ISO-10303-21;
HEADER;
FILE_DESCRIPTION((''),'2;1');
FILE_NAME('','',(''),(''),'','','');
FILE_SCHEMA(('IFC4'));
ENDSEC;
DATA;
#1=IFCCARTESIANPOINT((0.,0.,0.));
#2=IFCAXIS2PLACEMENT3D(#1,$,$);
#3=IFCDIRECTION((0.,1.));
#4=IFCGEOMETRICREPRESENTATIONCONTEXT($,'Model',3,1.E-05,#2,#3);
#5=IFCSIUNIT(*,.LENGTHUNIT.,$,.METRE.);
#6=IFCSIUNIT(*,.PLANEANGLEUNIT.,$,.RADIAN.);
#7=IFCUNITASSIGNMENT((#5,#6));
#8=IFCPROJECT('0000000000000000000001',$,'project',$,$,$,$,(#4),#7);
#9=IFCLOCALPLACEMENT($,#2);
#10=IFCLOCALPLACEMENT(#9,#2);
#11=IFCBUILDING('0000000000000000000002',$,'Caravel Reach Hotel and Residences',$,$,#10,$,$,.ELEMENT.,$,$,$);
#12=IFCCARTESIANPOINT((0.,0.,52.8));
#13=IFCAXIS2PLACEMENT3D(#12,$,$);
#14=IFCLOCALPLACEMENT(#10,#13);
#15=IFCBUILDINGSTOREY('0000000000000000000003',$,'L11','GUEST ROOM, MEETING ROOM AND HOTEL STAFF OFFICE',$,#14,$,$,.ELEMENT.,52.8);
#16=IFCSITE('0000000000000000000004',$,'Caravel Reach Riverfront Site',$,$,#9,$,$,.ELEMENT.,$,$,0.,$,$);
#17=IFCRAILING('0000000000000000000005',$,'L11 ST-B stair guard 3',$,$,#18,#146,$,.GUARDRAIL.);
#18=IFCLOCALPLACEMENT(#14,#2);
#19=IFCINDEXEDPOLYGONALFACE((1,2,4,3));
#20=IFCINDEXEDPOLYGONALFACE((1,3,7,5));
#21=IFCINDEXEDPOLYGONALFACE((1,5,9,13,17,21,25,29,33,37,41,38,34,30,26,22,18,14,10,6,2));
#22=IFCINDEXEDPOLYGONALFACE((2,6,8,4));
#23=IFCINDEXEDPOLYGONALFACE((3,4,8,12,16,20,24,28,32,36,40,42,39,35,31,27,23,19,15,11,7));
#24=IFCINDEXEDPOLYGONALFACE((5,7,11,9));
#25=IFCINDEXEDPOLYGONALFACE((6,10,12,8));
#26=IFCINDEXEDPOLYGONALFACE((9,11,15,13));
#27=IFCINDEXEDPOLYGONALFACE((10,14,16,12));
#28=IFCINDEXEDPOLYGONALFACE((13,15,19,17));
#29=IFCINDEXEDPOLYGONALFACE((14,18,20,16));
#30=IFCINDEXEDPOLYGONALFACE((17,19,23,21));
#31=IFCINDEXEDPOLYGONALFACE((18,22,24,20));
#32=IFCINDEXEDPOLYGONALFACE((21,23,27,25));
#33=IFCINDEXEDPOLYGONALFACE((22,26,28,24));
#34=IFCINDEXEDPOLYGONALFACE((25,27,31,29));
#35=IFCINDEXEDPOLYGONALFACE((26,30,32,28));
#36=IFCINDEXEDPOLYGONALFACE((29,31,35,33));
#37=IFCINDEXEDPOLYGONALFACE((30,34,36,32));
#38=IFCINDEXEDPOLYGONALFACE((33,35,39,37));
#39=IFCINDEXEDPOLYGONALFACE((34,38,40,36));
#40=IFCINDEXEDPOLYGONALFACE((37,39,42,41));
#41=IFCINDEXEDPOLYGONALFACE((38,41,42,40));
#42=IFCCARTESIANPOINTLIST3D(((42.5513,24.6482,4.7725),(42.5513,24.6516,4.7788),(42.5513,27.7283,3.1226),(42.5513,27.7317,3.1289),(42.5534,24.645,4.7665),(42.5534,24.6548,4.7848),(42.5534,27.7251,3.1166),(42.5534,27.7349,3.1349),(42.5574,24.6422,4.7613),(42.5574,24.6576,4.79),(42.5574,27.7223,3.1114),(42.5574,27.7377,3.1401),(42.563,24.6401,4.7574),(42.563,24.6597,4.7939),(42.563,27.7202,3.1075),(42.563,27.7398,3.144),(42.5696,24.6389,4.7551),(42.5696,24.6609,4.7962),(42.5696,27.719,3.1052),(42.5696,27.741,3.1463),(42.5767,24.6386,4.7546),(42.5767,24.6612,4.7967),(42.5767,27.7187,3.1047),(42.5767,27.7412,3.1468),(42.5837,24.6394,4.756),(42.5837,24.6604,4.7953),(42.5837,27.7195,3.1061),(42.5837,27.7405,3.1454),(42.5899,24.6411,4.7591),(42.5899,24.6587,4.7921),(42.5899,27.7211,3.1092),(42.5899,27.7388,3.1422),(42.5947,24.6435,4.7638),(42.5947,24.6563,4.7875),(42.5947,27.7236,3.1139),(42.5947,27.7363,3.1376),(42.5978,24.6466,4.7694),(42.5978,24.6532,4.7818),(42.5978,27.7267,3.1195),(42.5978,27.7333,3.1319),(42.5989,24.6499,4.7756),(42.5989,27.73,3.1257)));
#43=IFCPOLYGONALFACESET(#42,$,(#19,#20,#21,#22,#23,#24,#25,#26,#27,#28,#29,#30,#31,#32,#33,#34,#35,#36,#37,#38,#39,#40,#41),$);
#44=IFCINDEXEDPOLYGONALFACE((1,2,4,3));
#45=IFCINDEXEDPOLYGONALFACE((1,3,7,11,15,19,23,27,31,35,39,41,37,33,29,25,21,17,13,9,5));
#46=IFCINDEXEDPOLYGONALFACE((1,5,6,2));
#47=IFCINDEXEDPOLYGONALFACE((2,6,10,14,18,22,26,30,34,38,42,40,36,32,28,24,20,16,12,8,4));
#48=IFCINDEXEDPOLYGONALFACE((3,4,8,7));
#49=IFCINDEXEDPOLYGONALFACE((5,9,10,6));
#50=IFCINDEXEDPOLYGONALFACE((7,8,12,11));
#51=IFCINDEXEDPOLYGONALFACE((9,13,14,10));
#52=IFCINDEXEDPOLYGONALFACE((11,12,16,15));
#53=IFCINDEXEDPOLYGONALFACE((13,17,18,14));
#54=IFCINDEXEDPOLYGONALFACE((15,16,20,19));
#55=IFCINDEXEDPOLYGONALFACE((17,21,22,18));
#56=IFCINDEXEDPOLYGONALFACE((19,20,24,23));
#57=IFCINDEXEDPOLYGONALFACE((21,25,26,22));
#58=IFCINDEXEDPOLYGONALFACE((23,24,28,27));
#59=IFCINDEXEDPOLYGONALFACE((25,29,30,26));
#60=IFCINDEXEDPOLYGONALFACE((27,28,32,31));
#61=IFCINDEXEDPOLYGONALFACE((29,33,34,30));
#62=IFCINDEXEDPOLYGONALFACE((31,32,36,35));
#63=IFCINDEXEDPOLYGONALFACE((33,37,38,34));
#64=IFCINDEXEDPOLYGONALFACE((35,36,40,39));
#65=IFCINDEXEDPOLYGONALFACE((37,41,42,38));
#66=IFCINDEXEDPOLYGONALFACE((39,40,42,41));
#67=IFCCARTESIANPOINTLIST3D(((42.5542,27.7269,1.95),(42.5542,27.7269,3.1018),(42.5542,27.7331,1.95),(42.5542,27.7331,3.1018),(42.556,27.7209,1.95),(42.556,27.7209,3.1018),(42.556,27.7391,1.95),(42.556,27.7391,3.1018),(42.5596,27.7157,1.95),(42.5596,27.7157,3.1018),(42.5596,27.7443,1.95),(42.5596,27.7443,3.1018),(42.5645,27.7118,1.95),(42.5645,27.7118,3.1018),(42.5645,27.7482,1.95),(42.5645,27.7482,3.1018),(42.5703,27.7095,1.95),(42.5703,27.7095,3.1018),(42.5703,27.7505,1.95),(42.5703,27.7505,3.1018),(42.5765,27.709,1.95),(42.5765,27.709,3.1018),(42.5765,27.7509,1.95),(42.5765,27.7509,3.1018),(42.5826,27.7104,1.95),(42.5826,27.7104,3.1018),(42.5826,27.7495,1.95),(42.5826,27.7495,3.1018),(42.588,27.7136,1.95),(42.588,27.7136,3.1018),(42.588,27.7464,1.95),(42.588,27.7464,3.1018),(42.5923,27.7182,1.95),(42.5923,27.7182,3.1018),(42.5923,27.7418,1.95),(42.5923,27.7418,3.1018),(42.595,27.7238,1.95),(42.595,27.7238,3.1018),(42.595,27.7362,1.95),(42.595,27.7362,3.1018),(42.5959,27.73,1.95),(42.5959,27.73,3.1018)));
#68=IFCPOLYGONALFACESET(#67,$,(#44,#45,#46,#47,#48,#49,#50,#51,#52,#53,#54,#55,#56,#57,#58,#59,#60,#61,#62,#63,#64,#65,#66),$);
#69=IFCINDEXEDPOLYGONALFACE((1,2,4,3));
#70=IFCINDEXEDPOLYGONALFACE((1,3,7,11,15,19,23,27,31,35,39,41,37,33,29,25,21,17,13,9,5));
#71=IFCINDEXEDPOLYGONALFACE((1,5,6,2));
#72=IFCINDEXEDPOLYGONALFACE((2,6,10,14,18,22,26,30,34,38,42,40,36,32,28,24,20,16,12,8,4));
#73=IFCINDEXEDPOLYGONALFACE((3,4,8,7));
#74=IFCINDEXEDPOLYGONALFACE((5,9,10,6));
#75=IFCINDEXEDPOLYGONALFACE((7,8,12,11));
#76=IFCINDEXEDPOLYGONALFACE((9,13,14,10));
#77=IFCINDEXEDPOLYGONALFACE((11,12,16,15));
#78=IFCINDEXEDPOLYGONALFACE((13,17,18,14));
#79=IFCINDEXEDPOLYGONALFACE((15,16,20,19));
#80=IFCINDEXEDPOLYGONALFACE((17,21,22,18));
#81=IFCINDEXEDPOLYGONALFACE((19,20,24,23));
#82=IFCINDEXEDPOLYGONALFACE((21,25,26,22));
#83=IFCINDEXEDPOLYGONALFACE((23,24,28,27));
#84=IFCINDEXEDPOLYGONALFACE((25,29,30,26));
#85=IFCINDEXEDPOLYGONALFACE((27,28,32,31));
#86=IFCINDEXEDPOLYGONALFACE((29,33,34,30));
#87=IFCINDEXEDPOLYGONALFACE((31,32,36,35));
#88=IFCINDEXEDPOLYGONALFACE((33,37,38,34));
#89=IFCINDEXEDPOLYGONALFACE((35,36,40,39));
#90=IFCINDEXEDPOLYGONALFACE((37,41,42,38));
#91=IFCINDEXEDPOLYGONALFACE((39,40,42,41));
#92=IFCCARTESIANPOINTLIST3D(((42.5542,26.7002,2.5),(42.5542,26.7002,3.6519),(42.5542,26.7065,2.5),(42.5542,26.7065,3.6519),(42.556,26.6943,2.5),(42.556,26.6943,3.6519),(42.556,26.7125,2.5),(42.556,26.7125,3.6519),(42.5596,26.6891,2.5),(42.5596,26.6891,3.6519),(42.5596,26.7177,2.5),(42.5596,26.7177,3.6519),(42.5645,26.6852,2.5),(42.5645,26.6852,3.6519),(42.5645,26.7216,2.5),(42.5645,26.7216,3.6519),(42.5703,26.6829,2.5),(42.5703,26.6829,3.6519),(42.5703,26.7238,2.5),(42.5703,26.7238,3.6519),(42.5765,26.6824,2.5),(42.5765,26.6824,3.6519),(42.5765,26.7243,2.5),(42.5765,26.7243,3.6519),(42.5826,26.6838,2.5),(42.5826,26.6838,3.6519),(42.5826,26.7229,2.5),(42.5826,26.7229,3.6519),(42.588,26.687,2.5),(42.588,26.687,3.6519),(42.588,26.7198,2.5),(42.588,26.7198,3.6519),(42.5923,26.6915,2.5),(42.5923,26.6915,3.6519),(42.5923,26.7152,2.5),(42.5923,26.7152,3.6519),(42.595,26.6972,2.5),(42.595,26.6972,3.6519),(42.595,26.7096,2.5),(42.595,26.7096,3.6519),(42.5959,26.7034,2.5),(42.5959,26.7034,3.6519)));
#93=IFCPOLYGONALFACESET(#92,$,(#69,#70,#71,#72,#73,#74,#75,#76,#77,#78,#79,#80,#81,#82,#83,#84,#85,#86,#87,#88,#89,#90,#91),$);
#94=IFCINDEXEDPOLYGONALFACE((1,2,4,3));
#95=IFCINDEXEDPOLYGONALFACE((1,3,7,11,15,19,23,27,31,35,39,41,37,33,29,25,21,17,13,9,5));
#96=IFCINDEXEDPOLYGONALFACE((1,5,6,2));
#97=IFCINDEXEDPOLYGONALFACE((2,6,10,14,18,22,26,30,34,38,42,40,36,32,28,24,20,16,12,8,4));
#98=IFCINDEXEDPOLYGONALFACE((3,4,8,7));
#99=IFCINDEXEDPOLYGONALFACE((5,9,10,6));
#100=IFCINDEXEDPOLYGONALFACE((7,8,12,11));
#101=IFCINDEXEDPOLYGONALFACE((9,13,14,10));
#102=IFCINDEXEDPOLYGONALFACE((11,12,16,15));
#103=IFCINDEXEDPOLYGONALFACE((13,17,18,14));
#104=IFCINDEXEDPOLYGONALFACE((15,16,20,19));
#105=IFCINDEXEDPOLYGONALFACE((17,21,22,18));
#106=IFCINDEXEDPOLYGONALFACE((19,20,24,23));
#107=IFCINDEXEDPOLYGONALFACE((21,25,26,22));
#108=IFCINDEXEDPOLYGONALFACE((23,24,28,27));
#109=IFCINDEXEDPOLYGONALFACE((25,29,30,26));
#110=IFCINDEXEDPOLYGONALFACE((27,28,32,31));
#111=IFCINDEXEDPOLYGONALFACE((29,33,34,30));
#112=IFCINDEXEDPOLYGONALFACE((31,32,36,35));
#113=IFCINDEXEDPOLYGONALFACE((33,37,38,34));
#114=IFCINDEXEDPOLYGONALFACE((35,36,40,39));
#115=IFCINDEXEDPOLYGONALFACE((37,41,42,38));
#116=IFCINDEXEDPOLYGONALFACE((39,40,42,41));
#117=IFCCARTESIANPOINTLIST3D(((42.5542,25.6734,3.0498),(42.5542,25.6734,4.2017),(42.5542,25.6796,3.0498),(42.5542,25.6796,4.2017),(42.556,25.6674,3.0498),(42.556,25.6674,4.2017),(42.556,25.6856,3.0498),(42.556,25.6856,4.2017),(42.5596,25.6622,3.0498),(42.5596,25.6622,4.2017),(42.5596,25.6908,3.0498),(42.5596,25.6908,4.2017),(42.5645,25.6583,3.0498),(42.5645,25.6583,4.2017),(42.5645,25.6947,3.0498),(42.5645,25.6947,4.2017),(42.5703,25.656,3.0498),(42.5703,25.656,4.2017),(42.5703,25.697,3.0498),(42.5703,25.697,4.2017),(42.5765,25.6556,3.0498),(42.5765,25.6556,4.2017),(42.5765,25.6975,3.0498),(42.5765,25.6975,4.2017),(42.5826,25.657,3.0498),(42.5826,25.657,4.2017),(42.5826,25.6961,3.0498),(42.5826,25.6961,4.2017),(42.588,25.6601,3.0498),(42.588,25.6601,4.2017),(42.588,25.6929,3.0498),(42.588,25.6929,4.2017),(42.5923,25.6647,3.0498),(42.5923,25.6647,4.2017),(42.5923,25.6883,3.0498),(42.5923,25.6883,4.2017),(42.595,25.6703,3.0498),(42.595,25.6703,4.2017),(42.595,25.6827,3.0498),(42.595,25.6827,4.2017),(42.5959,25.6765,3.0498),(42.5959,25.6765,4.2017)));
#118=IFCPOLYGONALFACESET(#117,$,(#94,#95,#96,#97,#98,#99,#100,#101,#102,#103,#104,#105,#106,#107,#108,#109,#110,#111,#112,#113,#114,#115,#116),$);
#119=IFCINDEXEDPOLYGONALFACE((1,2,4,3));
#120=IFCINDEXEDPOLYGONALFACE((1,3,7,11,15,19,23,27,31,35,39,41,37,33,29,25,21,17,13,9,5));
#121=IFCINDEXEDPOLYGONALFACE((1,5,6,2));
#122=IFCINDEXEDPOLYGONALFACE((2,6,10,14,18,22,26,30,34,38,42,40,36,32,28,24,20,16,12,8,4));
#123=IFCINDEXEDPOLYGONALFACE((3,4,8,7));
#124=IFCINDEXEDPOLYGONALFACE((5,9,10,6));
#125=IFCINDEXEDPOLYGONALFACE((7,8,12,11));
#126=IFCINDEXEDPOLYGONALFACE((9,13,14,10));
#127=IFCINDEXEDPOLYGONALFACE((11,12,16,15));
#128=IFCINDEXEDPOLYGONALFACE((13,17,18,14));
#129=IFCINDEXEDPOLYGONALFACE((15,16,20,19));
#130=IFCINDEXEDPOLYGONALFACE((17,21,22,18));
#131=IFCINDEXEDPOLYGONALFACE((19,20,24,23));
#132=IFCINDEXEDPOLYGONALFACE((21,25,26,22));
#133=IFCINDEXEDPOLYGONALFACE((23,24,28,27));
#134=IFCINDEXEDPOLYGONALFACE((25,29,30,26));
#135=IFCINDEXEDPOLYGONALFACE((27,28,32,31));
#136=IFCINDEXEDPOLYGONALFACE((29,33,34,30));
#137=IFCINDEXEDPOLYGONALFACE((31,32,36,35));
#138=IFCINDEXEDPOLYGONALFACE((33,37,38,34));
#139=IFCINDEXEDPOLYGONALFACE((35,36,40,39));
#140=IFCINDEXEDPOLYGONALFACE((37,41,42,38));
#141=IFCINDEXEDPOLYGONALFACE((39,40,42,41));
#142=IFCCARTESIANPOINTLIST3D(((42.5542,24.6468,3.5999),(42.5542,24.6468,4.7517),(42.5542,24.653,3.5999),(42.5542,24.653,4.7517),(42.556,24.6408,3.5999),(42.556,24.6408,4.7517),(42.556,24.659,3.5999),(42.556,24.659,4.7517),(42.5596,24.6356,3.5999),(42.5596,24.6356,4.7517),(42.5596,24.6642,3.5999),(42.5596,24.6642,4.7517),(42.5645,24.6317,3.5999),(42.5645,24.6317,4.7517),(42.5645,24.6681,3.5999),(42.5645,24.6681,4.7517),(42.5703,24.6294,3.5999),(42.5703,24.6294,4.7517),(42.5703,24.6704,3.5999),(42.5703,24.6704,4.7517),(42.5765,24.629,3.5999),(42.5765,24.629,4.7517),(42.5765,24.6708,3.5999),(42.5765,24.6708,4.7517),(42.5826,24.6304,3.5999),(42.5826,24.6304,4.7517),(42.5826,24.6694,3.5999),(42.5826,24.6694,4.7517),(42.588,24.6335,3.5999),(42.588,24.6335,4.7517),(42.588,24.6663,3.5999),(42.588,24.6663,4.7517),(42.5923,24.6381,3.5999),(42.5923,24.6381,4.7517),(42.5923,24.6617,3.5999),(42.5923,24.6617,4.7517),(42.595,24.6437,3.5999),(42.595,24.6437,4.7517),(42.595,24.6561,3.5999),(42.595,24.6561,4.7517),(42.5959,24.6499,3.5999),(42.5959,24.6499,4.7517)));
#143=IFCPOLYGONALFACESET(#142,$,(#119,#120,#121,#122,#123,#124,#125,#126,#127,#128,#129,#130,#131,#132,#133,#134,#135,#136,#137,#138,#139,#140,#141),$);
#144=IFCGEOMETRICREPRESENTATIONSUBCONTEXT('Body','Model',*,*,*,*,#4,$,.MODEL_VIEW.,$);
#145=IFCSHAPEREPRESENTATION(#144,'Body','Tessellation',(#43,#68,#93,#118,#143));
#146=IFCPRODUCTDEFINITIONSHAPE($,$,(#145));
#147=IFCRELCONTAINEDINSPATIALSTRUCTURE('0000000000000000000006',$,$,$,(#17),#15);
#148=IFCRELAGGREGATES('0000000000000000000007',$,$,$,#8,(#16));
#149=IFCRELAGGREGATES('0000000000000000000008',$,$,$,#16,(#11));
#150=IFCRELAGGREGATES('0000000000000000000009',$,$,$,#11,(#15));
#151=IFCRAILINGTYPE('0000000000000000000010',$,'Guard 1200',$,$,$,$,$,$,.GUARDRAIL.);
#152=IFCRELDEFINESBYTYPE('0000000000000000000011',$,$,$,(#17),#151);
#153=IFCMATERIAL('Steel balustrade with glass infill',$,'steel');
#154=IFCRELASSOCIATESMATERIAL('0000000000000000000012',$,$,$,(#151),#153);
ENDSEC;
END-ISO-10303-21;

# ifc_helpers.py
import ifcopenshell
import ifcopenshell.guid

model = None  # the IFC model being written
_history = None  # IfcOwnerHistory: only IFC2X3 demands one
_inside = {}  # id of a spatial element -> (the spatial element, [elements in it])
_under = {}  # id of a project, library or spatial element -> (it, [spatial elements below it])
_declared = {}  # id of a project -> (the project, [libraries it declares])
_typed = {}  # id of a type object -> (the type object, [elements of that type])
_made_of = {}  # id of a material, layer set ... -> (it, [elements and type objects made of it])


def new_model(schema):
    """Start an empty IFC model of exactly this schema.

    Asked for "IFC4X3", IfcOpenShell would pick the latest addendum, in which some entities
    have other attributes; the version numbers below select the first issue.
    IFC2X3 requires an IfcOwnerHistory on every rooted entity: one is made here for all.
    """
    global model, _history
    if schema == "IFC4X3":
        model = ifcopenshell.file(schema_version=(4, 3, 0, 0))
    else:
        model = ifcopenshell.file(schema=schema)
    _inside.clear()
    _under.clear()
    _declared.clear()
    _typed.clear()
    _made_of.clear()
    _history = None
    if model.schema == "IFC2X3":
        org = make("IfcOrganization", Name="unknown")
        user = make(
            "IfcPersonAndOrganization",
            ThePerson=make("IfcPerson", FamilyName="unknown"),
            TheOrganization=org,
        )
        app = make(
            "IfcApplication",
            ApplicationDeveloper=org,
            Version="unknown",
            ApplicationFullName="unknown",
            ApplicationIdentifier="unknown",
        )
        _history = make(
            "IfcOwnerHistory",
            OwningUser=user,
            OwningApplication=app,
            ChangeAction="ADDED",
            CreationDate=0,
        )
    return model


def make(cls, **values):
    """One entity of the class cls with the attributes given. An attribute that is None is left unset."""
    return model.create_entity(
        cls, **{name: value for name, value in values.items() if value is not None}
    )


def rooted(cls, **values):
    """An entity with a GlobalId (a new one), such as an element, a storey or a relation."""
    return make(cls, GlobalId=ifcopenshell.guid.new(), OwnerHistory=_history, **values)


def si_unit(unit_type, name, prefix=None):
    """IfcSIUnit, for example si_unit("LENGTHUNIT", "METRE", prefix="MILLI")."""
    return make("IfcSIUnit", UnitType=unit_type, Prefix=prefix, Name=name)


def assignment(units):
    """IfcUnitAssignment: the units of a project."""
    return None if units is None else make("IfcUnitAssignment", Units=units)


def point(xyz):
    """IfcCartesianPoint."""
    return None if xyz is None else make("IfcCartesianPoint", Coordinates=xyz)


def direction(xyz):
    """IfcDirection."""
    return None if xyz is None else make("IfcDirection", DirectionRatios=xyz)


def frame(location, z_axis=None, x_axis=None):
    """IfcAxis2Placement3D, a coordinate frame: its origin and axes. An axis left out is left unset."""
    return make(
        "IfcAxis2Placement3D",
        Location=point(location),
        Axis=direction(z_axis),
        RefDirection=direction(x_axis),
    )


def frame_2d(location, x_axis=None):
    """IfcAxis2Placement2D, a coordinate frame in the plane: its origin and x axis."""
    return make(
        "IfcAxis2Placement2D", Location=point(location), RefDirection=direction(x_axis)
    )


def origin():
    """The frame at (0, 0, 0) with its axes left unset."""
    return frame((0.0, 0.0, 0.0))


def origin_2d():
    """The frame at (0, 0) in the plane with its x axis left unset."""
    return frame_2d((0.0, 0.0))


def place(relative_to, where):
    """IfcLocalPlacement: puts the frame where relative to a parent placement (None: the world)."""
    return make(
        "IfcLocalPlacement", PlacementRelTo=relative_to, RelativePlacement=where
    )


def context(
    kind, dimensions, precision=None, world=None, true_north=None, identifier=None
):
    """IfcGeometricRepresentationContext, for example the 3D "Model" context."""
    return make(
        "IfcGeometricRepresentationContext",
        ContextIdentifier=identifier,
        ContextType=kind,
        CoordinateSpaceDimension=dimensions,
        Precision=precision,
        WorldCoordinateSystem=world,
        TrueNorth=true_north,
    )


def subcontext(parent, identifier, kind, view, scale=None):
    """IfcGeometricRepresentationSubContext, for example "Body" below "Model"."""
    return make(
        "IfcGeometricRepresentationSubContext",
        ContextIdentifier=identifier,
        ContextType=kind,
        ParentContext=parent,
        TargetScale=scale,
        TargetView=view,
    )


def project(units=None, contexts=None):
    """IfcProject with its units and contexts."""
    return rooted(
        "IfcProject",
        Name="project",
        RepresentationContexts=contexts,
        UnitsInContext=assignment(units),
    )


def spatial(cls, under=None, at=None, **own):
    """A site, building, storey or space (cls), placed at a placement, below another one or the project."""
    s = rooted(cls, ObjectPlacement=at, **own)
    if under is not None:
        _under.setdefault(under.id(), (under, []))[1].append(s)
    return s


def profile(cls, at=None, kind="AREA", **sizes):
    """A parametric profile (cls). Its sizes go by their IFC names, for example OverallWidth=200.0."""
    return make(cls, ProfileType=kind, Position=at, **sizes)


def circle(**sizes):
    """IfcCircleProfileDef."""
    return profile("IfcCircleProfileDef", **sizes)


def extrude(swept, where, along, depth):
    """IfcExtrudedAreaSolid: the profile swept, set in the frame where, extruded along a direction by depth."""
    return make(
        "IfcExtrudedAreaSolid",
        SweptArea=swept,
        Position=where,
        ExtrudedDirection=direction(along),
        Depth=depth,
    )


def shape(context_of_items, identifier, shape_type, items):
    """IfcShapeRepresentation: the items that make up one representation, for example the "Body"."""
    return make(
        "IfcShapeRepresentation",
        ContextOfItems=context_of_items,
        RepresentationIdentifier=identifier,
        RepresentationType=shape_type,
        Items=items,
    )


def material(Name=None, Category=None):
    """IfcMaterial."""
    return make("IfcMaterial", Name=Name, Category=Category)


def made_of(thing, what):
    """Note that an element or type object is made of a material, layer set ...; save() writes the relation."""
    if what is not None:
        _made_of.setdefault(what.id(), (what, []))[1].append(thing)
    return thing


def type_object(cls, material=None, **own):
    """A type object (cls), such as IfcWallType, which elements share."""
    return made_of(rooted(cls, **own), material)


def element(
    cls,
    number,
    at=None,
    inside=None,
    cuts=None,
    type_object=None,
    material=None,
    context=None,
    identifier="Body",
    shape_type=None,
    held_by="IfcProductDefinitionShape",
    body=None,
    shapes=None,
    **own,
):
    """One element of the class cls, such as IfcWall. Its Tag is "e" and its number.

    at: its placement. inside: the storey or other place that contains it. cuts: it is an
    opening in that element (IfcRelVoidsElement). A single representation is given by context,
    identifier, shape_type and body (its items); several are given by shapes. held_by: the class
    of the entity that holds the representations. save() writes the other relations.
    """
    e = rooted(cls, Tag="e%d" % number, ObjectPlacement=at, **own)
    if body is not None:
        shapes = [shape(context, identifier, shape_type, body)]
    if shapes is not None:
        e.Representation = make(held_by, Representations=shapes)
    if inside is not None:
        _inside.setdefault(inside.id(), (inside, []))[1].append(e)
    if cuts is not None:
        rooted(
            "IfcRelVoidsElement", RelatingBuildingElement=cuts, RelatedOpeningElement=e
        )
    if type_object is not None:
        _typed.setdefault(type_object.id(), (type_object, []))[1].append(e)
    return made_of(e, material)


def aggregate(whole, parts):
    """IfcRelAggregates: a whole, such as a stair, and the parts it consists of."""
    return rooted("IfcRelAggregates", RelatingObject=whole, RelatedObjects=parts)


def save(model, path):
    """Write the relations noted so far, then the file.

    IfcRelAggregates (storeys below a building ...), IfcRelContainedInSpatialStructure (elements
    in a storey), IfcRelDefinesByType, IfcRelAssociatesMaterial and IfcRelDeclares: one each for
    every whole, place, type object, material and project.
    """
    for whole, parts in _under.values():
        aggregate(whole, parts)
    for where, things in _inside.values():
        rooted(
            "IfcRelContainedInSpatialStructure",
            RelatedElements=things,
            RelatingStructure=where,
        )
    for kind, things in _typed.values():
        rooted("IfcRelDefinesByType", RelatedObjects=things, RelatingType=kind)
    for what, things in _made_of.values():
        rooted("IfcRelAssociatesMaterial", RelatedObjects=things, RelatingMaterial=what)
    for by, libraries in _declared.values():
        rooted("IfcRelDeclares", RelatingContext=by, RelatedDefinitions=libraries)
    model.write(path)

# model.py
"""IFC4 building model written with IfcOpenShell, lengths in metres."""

from ifc_helpers import new_model, si_unit, direction, frame, origin, origin_2d, place, context, subcontext, project, spatial, circle, extrude, material, type_object, element, save


model = new_model("IFC4")

# Units and contexts
model_context = context("Model", 3, precision=1e-05, world=origin(), true_north=direction((0.0, 1.0)))
body_context = subcontext(model_context, "Body", "Model", "MODEL_VIEW")
ifc_project = project(units=[si_unit("LENGTHUNIT", "METRE"), si_unit("PLANEANGLEUNIT", "RADIAN")], contexts=[model_context])

# Site, building, storey
site_placement = place(None, origin())
site = spatial("IfcSite", under=ifc_project, at=site_placement, Name="Caravel Reach Riverfront Site", CompositionType="ELEMENT", RefElevation=0.0)
building_placement = place(site_placement, origin())
building = spatial("IfcBuilding", under=site, at=building_placement, Name="Caravel Reach Hotel and Residences", CompositionType="ELEMENT")
storey_placement = place(building_placement, frame((0.0, 0.0, 52.8)))
storey = spatial("IfcBuildingStorey", under=building, at=storey_placement, Name="L11", Description="GUEST ROOM, MEETING ROOM AND HOTEL STAFF OFFICE", CompositionType="ELEMENT", Elevation=52.8)

# Railing
ifc_material_1 = material(Name="Steel balustrade with glass infill", Category="steel")
railing_type_1 = type_object("IfcRailingType", Name="Guard 1200", PredefinedType="GUARDRAIL", material=ifc_material_1)
railing_1_placement = place(storey_placement, frame((42.575, 27.73, 1.95)))
element("IfcRailing", 1, at=railing_1_placement, inside=storey, type_object=railing_type_1, Name="L11 ST-B stair guard 3", PredefinedType="GUARDRAIL", context=body_context, shape_type="SweptSolid", body=[
    extrude(circle(Radius=0.0239, at=origin_2d()), frame((0.0, 0.0, 1.1758), z_axis=(0.0, -0.881497, 0.47219), x_axis=(1.0, 0.0, 0.0)), (0.0, 0.0, 1.0), 3.4941),
    extrude(circle(Radius=0.021, at=origin_2d()), origin(), (0.0, 0.0, 1.0), 1.1519),
    extrude(circle(Radius=0.021, at=origin_2d()), frame((0.0, -1.0266, 0.55)), (0.0, 0.0, 1.0), 1.1519),
    extrude(circle(Radius=0.021, at=origin_2d()), frame((0.0, -2.0535, 1.0999)), (0.0, 0.0, 1.0), 1.1519),
    extrude(circle(Radius=0.021, at=origin_2d()), frame((0.0, -3.0801, 1.6499)), (0.0, 0.0, 1.0), 1.1519),
])

save(model, "model.ifc")
